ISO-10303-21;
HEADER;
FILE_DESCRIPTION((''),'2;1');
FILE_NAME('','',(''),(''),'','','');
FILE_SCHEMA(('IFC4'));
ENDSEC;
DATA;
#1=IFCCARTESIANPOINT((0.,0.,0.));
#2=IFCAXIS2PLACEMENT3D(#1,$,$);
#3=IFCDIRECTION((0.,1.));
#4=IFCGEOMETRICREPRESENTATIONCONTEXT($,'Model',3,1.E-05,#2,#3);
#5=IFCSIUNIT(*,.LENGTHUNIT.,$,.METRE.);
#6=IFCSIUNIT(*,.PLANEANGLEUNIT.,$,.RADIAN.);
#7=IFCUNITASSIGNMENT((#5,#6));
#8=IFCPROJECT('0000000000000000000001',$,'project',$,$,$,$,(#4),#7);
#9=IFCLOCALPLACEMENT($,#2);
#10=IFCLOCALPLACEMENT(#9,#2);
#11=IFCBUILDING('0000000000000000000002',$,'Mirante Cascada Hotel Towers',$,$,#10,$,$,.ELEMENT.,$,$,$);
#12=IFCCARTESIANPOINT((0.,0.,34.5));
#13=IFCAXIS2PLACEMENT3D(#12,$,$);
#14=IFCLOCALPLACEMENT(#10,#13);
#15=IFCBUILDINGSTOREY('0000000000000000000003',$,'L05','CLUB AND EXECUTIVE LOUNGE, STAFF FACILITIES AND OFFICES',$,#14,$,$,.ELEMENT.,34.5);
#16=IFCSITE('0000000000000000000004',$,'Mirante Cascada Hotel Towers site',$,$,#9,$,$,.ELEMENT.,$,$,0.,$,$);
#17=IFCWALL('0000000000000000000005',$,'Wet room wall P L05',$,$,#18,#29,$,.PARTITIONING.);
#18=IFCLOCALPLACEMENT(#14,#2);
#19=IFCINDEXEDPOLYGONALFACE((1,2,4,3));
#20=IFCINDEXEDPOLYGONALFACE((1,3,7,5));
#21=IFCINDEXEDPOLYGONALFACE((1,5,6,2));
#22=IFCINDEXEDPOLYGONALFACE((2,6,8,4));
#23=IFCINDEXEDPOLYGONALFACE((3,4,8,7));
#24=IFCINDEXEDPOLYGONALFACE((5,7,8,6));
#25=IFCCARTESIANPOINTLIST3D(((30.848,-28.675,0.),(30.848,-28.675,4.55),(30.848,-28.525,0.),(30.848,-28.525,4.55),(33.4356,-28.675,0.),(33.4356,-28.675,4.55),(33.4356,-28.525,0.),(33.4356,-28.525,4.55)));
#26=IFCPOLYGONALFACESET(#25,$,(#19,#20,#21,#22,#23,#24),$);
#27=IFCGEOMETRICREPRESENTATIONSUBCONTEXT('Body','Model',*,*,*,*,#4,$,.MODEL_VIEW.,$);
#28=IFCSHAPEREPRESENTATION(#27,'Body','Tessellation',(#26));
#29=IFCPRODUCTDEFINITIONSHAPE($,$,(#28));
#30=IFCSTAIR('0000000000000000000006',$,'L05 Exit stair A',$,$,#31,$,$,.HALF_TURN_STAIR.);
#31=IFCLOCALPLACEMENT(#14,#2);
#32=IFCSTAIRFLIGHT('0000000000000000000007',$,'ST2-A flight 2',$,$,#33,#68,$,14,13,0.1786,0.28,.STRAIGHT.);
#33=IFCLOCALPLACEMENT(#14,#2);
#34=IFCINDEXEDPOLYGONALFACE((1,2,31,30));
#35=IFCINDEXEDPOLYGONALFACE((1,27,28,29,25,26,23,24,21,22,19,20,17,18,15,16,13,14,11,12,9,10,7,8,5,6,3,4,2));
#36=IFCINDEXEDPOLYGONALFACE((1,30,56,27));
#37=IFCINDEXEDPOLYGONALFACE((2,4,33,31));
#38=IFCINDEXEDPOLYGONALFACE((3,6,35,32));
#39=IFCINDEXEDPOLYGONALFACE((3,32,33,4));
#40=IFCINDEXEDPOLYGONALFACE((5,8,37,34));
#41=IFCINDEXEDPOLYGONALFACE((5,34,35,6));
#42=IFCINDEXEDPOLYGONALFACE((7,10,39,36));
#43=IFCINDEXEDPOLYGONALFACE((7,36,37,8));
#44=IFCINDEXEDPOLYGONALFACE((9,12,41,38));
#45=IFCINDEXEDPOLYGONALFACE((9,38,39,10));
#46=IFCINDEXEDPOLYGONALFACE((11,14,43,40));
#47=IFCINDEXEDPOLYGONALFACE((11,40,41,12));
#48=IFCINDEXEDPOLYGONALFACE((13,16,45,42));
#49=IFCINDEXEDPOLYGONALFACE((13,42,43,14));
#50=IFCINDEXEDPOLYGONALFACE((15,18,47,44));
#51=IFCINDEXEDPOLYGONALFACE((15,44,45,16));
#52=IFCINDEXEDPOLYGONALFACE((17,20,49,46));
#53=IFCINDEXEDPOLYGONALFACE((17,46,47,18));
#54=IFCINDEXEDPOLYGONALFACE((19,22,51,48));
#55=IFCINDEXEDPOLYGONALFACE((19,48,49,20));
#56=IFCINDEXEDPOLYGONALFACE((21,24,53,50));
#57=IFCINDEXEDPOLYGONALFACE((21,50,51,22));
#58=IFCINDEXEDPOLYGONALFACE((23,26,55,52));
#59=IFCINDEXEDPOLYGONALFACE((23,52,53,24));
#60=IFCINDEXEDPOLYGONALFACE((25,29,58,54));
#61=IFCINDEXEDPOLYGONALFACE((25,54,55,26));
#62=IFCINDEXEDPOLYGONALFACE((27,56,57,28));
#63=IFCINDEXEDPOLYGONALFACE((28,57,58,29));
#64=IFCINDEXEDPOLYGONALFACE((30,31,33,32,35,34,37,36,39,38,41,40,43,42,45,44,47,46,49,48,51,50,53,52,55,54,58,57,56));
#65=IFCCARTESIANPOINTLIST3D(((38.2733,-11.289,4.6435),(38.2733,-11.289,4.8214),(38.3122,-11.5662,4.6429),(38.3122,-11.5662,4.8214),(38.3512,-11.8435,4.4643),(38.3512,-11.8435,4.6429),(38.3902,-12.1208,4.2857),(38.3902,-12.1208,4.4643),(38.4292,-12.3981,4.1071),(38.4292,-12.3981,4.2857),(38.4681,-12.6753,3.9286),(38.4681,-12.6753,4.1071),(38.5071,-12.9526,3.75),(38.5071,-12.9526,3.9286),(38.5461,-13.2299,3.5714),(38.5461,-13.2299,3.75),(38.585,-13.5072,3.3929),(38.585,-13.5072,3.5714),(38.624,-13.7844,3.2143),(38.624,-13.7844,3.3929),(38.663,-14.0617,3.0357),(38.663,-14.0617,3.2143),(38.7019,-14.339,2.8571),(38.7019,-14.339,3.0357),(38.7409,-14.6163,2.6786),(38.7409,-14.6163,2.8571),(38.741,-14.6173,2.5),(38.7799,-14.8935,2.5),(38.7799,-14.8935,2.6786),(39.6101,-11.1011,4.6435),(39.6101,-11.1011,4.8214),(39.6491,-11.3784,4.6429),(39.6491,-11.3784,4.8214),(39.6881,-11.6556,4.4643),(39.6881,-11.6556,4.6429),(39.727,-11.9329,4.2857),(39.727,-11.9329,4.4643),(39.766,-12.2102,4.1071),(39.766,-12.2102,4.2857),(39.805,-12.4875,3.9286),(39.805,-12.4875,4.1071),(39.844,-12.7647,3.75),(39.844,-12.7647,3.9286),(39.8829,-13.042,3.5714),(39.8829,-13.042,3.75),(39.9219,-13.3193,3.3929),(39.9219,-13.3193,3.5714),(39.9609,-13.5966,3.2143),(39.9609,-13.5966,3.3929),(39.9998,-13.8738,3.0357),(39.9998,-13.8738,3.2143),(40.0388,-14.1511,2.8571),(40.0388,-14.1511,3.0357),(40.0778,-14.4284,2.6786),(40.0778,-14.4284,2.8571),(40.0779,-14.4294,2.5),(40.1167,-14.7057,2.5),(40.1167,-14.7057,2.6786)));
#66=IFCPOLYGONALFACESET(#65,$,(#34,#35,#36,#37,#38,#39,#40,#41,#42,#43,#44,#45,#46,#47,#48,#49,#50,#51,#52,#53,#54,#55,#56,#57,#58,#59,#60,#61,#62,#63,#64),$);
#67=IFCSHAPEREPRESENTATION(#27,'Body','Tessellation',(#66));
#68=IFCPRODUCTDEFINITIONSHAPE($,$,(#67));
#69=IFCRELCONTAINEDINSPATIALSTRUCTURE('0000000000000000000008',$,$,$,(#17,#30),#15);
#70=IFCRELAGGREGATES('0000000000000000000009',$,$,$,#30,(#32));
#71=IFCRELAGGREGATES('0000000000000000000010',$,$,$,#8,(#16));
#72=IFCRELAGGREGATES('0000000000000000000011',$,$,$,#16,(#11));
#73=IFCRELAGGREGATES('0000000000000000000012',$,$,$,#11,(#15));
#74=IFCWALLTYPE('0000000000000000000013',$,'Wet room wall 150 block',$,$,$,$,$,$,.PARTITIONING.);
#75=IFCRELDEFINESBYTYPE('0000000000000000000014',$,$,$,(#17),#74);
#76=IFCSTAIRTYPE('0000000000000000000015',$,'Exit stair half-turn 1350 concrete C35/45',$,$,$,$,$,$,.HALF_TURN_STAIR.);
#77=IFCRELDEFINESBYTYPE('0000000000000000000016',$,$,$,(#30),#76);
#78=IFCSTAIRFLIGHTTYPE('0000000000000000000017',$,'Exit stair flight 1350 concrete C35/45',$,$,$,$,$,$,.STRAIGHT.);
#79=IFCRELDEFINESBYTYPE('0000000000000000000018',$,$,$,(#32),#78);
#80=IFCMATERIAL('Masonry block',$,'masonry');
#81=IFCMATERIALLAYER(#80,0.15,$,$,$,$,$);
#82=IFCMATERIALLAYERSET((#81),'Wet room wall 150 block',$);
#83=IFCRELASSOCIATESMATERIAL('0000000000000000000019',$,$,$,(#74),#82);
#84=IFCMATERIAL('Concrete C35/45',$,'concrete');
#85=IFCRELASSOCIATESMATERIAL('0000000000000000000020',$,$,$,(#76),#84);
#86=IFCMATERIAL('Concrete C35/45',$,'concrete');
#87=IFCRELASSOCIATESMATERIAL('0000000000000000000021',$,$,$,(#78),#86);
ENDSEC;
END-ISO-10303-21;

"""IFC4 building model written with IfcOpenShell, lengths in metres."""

from ifc_helpers import new_model, si_unit, direction, frame, frame_2d, origin, place, context, subcontext, project, spatial, polyline, rectangle, outline, extrude, material, layer, layer_set, type_object, element, aggregate, save


model = new_model("IFC4")

# Units and contexts
model_context = context("Model", 3, precision=1e-05, world=origin(), true_north=direction((0.0, 1.0)))
body_context = subcontext(model_context, "Body", "Model", "MODEL_VIEW")
ifc_project = project(units=[si_unit("LENGTHUNIT", "METRE"), si_unit("PLANEANGLEUNIT", "RADIAN")], contexts=[model_context])

# Site, building, storey
site_placement = place(None, origin())
site = spatial("IfcSite", under=ifc_project, at=site_placement, Name="Mirante Cascada Hotel Towers site", CompositionType="ELEMENT", RefElevation=0.0)
building_placement = place(site_placement, origin())
building = spatial("IfcBuilding", under=site, at=building_placement, Name="Mirante Cascada Hotel Towers", CompositionType="ELEMENT")
storey_placement = place(building_placement, frame((0.0, 0.0, 34.5)))
storey = spatial("IfcBuildingStorey", under=building, at=storey_placement, Name="L05", Description="CLUB AND EXECUTIVE LOUNGE, STAFF FACILITIES AND OFFICES", CompositionType="ELEMENT", Elevation=34.5)

# Wall
ifc_material_1 = material(Name="Masonry block", Category="masonry")
ifc_layer_1 = layer(ifc_material_1, 0.15)
ifc_layer_set_1 = layer_set([ifc_layer_1], Name="Wet room wall 150 block")
wall_type_1 = type_object("IfcWallType", Name="Wet room wall 150 block", PredefinedType="PARTITIONING", material=ifc_layer_set_1)
wall_1_placement = place(storey_placement, frame((30.848, -28.6, 0.0), z_axis=(0.0, 0.0, 1.0), x_axis=(1.0, 0.0, 0.0)))
element("IfcWall", 1, at=wall_1_placement, inside=storey, type_object=wall_type_1, Name="Wet room wall P L05", PredefinedType="PARTITIONING", context=body_context, shape_type="SweptSolid", body=[
    extrude(rectangle(XDim=2.5875, YDim=0.15, at=frame_2d((1.2938, 0.0))), origin(), (0.0, 0.0, 1.0), 4.55),
])

# Stair, stair flight
ifc_material_2 = material(Name="Concrete C35/45", Category="concrete")
stair_type = type_object("IfcStairType", Name="Exit stair half-turn 1350 concrete C35/45", PredefinedType="HALF_TURN_STAIR", material=ifc_material_2)
stair_placement = place(storey_placement, origin())
stair = element("IfcStair", 2, at=stair_placement, inside=storey, type_object=stair_type, Name="L05 Exit stair A", PredefinedType="HALF_TURN_STAIR")
ifc_material_3 = material(Name="Concrete C35/45", Category="concrete")
stair_flight_type = type_object("IfcStairFlightType", Name="Exit stair flight 1350 concrete C35/45", PredefinedType="STRAIGHT", material=ifc_material_3)
stair_flight_placement = place(storey_placement, frame((39.4483, -14.7996, 2.5), z_axis=(0.0, 0.0, 1.0), x_axis=(-0.139173, 0.990268, 0.0)))
stair_flight = element("IfcStairFlight", 3, at=stair_flight_placement, type_object=stair_flight_type, Name="ST2-A flight 2", NumberOfRisers=14, NumberOfTreads=13, PredefinedType="STRAIGHT", RiserHeight=0.1786, TreadLength=0.28, context=body_context, shape_type="SweptSolid", body=[
    extrude(outline(polyline([(0.0, 0.0), (0.0, 0.1786), (0.28, 0.1786), (0.28, 0.3571), (0.56, 0.3571), (0.56, 0.5357), (0.84, 0.5357), (0.84, 0.7143), (1.12, 0.7143), (1.12, 0.8929), (1.4, 0.8929), (1.4, 1.0714), (1.68, 1.0714), (1.68, 1.25), (1.96, 1.25), (1.96, 1.4286), (2.24, 1.4286), (2.24, 1.6071), (2.52, 1.6071), (2.52, 1.7857), (2.8, 1.7857), (2.8, 1.9643), (3.08, 1.9643), (3.08, 2.1429), (3.36, 2.1429), (3.36, 2.3214), (3.64, 2.3214), (3.64, 2.5), (3.64, 2.1435), (0.279, 0.0), (0.0, 0.0)])), frame((0.0, 0.675, 0.0), z_axis=(0.0, -1.0, 0.0), x_axis=(1.0, 0.0, 0.0)), (0.0, 0.0, 1.0), 1.35),
])
aggregate(stair, [stair_flight])

save(model, "model.ifc")
